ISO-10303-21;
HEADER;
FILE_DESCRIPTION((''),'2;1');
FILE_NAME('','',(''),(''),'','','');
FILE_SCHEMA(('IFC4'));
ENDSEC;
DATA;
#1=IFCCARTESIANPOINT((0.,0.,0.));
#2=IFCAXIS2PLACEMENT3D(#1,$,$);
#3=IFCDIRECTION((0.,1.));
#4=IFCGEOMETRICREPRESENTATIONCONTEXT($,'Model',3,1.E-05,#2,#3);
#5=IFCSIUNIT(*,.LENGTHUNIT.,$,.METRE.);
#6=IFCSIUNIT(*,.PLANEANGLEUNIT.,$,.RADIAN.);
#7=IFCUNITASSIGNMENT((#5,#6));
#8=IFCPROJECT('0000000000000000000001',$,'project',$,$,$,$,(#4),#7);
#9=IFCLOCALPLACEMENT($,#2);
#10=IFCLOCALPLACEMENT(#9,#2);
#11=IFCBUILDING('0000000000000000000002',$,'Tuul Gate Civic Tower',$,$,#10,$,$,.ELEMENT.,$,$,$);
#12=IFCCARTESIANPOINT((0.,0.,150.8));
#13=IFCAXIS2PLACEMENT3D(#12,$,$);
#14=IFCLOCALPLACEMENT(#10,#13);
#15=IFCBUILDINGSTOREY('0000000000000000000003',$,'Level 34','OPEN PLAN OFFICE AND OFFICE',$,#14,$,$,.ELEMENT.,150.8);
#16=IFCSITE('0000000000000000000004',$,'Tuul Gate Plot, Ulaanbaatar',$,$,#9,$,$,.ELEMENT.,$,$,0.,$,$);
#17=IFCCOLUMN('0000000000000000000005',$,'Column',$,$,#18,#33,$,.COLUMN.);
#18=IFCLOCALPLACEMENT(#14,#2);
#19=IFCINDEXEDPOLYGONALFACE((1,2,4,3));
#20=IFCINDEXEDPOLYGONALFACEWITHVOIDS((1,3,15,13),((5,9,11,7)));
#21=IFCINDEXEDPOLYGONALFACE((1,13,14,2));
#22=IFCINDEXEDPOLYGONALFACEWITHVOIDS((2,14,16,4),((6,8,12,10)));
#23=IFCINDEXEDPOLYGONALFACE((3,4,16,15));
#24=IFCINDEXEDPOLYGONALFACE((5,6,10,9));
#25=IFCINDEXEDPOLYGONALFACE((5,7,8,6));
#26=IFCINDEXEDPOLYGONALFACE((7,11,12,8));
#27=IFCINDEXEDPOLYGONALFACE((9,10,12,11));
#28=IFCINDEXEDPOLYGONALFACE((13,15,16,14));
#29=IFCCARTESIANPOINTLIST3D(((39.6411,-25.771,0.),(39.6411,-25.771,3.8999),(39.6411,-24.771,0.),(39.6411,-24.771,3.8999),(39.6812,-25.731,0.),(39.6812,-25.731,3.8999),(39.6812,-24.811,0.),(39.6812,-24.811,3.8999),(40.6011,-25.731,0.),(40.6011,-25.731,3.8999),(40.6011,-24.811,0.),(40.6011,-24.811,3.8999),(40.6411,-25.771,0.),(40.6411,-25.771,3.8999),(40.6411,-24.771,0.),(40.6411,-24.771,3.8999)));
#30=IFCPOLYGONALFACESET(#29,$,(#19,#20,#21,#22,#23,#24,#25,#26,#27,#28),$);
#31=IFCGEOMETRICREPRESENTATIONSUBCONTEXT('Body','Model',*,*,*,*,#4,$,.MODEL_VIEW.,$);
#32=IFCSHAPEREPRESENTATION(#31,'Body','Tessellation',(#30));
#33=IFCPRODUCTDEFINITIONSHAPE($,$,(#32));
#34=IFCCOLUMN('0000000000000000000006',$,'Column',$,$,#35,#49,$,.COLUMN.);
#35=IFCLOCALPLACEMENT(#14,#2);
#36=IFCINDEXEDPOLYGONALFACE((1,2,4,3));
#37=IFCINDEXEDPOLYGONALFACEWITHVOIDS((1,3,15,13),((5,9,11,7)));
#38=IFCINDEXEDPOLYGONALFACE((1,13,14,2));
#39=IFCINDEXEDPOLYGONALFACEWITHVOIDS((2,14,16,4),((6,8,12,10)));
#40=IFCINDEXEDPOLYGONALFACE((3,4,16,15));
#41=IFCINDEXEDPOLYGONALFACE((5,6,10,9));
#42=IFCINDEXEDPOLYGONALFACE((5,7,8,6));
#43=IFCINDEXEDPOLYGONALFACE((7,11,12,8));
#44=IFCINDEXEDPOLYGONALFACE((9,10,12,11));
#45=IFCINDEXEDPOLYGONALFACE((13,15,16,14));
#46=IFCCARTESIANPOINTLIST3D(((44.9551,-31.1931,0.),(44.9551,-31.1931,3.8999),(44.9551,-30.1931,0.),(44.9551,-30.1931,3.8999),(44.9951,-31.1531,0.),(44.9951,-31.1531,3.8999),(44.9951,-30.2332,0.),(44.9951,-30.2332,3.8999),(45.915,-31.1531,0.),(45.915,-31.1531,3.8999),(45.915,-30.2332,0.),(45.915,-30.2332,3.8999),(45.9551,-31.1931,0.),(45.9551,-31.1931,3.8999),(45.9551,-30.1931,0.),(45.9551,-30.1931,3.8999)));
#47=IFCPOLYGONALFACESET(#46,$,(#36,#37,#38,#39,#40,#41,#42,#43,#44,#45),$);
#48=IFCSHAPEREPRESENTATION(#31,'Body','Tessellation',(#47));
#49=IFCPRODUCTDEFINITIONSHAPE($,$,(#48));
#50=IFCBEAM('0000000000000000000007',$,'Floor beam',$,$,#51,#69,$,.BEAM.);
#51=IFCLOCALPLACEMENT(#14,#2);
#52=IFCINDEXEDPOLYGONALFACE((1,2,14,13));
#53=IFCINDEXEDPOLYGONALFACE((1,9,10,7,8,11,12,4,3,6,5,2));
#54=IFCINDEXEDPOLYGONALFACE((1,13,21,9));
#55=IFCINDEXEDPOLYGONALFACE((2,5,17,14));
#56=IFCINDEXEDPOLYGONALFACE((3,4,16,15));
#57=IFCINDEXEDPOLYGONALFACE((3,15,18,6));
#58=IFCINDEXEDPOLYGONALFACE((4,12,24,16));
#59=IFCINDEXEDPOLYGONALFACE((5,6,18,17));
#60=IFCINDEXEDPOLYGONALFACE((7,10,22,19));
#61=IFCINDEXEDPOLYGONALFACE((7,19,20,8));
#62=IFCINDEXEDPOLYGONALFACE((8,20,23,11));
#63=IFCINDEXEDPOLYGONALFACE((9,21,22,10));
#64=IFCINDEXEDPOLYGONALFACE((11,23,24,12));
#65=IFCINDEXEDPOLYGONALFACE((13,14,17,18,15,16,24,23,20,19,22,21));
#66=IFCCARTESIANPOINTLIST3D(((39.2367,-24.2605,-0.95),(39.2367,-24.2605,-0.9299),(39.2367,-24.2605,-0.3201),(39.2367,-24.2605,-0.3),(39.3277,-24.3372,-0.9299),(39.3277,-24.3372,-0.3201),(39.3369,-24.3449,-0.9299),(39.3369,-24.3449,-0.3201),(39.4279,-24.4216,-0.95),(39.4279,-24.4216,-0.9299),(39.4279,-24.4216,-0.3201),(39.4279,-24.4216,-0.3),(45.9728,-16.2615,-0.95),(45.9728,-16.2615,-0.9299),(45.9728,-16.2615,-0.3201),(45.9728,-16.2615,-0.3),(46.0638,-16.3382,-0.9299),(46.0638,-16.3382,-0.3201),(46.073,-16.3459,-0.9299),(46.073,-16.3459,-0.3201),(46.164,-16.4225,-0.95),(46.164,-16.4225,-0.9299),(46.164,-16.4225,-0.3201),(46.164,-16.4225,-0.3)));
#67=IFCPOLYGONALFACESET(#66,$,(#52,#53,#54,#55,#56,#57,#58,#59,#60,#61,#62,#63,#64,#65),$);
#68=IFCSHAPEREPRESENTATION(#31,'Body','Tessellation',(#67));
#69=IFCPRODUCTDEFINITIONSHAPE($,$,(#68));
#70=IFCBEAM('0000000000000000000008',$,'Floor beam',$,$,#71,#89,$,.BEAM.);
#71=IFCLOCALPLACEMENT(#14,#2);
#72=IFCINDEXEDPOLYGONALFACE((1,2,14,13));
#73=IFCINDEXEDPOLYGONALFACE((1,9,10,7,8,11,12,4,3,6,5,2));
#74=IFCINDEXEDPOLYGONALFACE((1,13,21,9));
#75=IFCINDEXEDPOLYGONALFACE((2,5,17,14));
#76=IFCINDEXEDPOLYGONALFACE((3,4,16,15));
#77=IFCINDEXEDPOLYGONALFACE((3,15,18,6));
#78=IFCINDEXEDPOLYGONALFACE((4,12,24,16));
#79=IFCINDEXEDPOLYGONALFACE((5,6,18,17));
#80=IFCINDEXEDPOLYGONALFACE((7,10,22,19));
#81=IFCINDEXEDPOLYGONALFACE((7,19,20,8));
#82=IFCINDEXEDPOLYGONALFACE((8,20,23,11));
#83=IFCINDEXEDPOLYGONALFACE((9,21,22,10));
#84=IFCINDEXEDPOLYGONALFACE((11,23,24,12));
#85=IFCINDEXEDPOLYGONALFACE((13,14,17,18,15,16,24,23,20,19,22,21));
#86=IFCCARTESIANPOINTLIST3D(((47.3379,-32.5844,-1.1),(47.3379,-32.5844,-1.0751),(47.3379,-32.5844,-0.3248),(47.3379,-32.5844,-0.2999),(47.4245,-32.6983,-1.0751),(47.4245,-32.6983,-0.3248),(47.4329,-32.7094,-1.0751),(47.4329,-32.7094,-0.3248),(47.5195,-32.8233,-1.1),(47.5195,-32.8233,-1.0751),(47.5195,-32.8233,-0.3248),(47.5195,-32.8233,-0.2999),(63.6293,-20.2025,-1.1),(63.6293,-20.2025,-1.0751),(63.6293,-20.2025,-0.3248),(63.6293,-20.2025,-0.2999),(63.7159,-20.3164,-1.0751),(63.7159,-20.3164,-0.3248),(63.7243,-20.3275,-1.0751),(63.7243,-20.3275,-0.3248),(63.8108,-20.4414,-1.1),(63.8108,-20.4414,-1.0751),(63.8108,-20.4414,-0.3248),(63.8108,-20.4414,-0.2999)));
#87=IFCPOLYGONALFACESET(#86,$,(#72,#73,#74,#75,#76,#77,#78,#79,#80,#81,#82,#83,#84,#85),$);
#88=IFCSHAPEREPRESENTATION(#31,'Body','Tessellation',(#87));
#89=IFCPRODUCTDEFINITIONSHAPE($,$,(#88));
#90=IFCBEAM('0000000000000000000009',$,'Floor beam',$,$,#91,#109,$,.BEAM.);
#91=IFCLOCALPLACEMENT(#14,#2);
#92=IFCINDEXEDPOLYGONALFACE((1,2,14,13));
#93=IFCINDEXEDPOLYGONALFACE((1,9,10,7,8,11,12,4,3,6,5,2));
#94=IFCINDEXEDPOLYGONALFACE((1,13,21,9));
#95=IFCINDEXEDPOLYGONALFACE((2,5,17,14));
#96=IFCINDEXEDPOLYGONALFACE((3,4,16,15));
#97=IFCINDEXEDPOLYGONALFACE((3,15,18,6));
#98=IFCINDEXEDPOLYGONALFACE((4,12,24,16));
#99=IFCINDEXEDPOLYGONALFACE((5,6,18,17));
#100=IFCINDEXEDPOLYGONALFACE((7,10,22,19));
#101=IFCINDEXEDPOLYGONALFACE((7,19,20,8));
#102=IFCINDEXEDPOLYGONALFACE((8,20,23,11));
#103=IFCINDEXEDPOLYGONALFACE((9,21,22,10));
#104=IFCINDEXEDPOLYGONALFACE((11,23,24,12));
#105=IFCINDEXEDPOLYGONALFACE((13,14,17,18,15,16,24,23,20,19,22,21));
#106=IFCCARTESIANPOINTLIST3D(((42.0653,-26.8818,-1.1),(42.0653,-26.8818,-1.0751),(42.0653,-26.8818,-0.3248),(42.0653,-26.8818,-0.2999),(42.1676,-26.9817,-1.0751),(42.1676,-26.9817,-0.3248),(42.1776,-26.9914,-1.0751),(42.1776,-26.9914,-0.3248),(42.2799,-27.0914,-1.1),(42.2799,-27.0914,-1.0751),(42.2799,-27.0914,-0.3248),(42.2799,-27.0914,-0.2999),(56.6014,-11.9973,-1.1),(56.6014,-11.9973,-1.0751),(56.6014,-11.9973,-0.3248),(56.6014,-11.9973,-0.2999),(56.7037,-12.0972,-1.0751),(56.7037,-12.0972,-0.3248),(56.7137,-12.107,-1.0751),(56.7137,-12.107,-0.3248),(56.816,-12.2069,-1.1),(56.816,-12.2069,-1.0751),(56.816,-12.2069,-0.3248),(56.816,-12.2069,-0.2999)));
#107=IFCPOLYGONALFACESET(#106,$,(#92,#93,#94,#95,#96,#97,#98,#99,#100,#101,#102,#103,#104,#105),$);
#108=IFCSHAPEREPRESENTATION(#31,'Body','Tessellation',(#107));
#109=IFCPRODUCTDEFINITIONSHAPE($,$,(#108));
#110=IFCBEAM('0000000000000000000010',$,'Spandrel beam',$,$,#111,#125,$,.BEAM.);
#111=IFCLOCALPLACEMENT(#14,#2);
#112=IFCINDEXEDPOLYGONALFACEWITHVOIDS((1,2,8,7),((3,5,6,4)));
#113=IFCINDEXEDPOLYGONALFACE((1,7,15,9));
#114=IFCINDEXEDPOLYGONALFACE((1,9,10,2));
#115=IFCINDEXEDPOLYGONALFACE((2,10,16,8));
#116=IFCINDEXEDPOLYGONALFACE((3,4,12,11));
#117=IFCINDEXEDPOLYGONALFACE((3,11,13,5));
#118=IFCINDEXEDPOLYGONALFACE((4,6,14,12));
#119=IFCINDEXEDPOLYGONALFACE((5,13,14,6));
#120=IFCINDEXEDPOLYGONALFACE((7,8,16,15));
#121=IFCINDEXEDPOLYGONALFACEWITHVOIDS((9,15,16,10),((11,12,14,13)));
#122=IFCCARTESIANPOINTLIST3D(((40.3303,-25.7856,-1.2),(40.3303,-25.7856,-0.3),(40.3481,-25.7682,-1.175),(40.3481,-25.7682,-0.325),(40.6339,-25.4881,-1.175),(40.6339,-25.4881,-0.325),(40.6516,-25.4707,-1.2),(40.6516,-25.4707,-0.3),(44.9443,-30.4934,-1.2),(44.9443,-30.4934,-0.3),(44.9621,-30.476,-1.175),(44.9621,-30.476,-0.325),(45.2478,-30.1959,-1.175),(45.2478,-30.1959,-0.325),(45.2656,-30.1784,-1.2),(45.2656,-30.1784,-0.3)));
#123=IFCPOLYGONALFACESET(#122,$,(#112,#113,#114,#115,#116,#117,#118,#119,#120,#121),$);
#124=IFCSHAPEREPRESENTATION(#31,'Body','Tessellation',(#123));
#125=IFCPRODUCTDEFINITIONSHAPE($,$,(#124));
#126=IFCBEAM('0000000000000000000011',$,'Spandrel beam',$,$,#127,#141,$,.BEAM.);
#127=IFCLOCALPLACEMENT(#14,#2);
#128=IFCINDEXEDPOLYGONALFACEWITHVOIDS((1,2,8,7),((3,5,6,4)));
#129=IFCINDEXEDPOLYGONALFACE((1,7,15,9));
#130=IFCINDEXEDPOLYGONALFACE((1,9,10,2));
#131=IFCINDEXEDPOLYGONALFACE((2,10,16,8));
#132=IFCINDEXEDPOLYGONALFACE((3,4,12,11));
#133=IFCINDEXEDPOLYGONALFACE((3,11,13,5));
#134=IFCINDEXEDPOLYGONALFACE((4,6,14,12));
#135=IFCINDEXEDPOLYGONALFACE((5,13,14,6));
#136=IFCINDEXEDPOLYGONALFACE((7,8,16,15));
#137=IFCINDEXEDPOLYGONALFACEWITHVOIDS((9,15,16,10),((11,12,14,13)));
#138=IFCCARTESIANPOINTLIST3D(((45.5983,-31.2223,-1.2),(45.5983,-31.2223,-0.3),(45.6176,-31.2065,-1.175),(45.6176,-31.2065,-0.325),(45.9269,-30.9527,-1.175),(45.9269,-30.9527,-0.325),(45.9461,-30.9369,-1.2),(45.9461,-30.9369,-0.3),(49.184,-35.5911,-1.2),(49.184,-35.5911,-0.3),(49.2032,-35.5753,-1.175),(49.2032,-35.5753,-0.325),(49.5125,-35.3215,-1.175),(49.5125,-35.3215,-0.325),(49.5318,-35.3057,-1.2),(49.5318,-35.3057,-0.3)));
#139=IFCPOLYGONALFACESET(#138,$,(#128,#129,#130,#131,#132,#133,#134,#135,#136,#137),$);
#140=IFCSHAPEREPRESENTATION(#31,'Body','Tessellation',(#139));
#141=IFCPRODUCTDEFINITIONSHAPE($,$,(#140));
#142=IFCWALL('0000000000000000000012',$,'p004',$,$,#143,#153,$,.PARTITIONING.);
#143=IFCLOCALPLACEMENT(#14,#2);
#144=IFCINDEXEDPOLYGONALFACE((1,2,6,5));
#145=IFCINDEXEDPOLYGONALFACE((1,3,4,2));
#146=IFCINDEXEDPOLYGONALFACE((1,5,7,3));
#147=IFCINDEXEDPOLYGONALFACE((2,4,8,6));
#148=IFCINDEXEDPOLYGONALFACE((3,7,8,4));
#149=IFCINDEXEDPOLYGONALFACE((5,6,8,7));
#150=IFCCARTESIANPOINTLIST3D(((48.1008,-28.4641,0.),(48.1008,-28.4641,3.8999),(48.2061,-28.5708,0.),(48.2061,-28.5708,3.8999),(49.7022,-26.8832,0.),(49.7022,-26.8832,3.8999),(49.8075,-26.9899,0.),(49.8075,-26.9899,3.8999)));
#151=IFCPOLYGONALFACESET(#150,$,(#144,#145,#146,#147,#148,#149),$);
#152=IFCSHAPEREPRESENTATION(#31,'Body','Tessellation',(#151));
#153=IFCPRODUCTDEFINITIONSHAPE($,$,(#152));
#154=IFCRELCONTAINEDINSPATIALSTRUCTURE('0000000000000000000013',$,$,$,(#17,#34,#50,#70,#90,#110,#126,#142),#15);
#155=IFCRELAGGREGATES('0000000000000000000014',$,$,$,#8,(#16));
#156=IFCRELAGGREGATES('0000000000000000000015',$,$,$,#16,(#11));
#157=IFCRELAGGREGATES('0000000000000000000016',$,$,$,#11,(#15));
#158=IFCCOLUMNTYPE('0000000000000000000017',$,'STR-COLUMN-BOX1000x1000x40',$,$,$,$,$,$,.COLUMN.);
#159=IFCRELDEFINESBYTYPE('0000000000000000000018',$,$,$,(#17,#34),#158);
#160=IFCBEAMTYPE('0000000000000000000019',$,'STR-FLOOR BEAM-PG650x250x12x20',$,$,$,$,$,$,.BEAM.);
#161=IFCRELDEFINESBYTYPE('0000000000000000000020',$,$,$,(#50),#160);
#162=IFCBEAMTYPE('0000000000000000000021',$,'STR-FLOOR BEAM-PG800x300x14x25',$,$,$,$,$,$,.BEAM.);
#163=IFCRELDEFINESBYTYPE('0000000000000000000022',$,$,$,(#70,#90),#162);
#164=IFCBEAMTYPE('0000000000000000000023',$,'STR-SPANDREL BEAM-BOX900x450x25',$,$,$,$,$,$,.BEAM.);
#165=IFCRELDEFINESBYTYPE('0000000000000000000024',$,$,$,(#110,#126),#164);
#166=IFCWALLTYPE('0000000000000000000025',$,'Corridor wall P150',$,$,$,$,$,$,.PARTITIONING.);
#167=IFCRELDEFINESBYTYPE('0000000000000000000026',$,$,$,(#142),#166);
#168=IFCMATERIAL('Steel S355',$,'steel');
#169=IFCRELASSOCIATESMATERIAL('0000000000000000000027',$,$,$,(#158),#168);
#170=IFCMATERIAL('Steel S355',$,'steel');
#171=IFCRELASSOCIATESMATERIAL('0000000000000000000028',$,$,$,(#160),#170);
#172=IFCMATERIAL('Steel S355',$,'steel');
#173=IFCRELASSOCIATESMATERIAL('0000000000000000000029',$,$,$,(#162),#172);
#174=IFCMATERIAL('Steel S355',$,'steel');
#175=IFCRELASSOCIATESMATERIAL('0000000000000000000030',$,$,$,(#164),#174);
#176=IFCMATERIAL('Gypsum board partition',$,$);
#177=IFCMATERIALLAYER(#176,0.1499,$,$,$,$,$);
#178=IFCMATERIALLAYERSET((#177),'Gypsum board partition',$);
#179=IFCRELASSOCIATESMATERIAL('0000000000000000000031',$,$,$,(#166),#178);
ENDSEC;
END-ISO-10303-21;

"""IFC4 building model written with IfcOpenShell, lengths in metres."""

from ifc_helpers import new_model, si_unit, direction, frame, frame_2d, origin, origin_2d, place, context, subcontext, project, spatial, rectangle, hollow_rectangle, i_section, extrude, material, layer, layer_set, material_profile, profile_set, type_object, element, save


model = new_model("IFC4")

# Units and contexts
model_context = context("Model", 3, precision=1e-05, world=origin(), true_north=direction((0.0, 1.0)))
body_context = subcontext(model_context, "Body", "Model", "MODEL_VIEW")
ifc_project = project(units=[si_unit("LENGTHUNIT", "METRE"), si_unit("PLANEANGLEUNIT", "RADIAN")], contexts=[model_context])

# Site, building, storey
site_placement = place(None, origin())
site = spatial("IfcSite", under=ifc_project, at=site_placement, Name="Tuul Gate Plot, Ulaanbaatar", CompositionType="ELEMENT", RefElevation=0.0)
building_placement = place(site_placement, origin())
building = spatial("IfcBuilding", under=site, at=building_placement, Name="Tuul Gate Civic Tower", CompositionType="ELEMENT")
storey_placement = place(building_placement, frame((0.0, 0.0, 150.8)))
storey = spatial("IfcBuildingStorey", under=building, at=storey_placement, Name="Level 34", Description="OPEN PLAN OFFICE AND OFFICE", CompositionType="ELEMENT", Elevation=150.8)

# Columns
ifc_material_1 = material(Name="Steel S355", Category="steel")
ifc_material_profile_1 = material_profile(ifc_material_1, hollow_rectangle(XDim=1.0, YDim=1.0, WallThickness=0.04, at=origin_2d()), Name="BOX1000x1000x40")
ifc_profile_set_1 = profile_set([ifc_material_profile_1], Name="Steel S355")
column_type = type_object("IfcColumnType", Name="STR-COLUMN-BOX1000x1000x40", PredefinedType="COLUMN", material=ifc_profile_set_1)
for number, where, z_axis, x_axis, name in (
    (1, (40.1411, -25.271, 0.0), (0.0, 0.0, 1.0), (1.0, 0.0, 0.0), "Column"),
    (2, (45.4551, -30.6931, 0.0), (0.0, 0.0, 1.0), (1.0, 0.0, 0.0), "Column"),
):
    element("IfcColumn", number, at=place(storey_placement, frame(where, z_axis=z_axis, x_axis=x_axis)), inside=storey, type_object=column_type, Name=name, PredefinedType="COLUMN", context=body_context, shape_type="SweptSolid", body=[
        extrude(hollow_rectangle(XDim=1.0, YDim=1.0, WallThickness=0.04, at=origin_2d()), origin(), (0.0, 0.0, 1.0), 3.8999),
    ])

# Beams
ifc_material_2 = material(Name="Steel S355", Category="steel")
ifc_material_profile_2 = material_profile(ifc_material_2, i_section(OverallWidth=0.25, OverallDepth=0.6499, WebThickness=0.012, FlangeThickness=0.02, at=origin_2d()), Name="PG650x250x12x20")
ifc_profile_set_2 = profile_set([ifc_material_profile_2], Name="Steel S355")
beam_type_1 = type_object("IfcBeamType", Name="STR-FLOOR BEAM-PG650x250x12x20", PredefinedType="BEAM", material=ifc_profile_set_2)
beam_1_placement = place(storey_placement, frame((39.3323, -24.3411, -0.625), z_axis=(0.644139, 0.764908, 0.0), x_axis=(-0.764908, 0.644139, 0.0)))
element("IfcBeam", 3, at=beam_1_placement, inside=storey, type_object=beam_type_1, Name="Floor beam", PredefinedType="BEAM", context=body_context, shape_type="SweptSolid", body=[
    extrude(i_section(OverallWidth=0.25, OverallDepth=0.6499, WebThickness=0.012, FlangeThickness=0.02, at=origin_2d()), origin(), (0.0, 0.0, 1.0), 10.4575),
])
ifc_material_3 = material(Name="Steel S355", Category="steel")
ifc_material_profile_3 = material_profile(ifc_material_3, i_section(OverallWidth=0.3, OverallDepth=0.8, WebThickness=0.0139, FlangeThickness=0.0249, at=origin_2d()), Name="PG800x300x14x25")
ifc_profile_set_3 = profile_set([ifc_material_profile_3], Name="Steel S355")
beam_type_2 = type_object("IfcBeamType", Name="STR-FLOOR BEAM-PG800x300x14x25", PredefinedType="BEAM", material=ifc_profile_set_3)
beam_2_placement = place(storey_placement, frame((47.4287, -32.7039, -0.7), z_axis=(0.796151, 0.605098, 0.0), x_axis=(-0.605098, 0.796151, 0.0)))
element("IfcBeam", 4, at=beam_2_placement, inside=storey, type_object=beam_type_2, Name="Floor beam", PredefinedType="BEAM", context=body_context, shape_type="SweptSolid", body=[
    extrude(i_section(OverallWidth=0.3, OverallDepth=0.8, WebThickness=0.0139, FlangeThickness=0.0249, at=origin_2d()), origin(), (0.0, 0.0, 1.0), 20.4626),
])
beam_3_placement = place(storey_placement, frame((42.1726, -26.9866, -0.7), z_axis=(0.698684, 0.71543, 0.0), x_axis=(-0.71543, 0.698684, 0.0)))
element("IfcBeam", 5, at=beam_3_placement, inside=storey, type_object=beam_type_2, Name="Floor beam", PredefinedType="BEAM", context=body_context, shape_type="SweptSolid", body=[
    extrude(i_section(OverallWidth=0.3, OverallDepth=0.8, WebThickness=0.0139, FlangeThickness=0.0249, at=origin_2d()), origin(), (0.0, 0.0, 1.0), 20.8049),
])
ifc_material_4 = material(Name="Steel S355", Category="steel")
ifc_material_profile_4 = material_profile(ifc_material_4, hollow_rectangle(XDim=0.45, YDim=0.8999, WallThickness=0.0249, at=origin_2d()), Name="BOX900x450x25")
ifc_profile_set_4 = profile_set([ifc_material_profile_4], Name="Steel S355")
beam_type_3 = type_object("IfcBeamType", Name="STR-SPANDREL BEAM-BOX900x450x25", PredefinedType="BEAM", material=ifc_profile_set_4)
beam_4_placement = place(storey_placement, frame((40.491, -25.6282, -0.75), z_axis=(0.69996, -0.714182, 0.0), x_axis=(0.714182, 0.69996, 0.0)))
element("IfcBeam", 6, at=beam_4_placement, inside=storey, type_object=beam_type_3, Name="Spandrel beam", PredefinedType="BEAM", context=body_context, shape_type="SweptSolid", body=[
    extrude(hollow_rectangle(XDim=0.45, YDim=0.8999, WallThickness=0.0249, at=origin_2d()), origin(), (0.0, 0.0, 1.0), 6.5918),
])
beam_5_placement = place(storey_placement, frame((45.7722, -31.0796, -0.75), z_axis=(0.634418, -0.77299, 0.0), x_axis=(0.77299, 0.634418, 0.0)))
element("IfcBeam", 7, at=beam_5_placement, inside=storey, type_object=beam_type_3, Name="Spandrel beam", PredefinedType="BEAM", context=body_context, shape_type="SweptSolid", body=[
    extrude(hollow_rectangle(XDim=0.45, YDim=0.8999, WallThickness=0.0249, at=origin_2d()), origin(), (0.0, 0.0, 1.0), 5.6519),
])

# Wall
ifc_material_5 = material(Name="Gypsum board partition")
ifc_layer_1 = layer(ifc_material_5, 0.1499)
ifc_layer_set_1 = layer_set([ifc_layer_1], Name="Gypsum board partition")
wall_type_1 = type_object("IfcWallType", Name="Corridor wall P150", PredefinedType="PARTITIONING", material=ifc_layer_set_1)
wall_1_placement = place(storey_placement, frame((48.1536, -28.5173, 0.0), z_axis=(0.0, 0.0, 1.0), x_axis=(0.711649, 0.702535, 0.0)))
element("IfcWall", 8, at=wall_1_placement, inside=storey, type_object=wall_type_1, Name="p004", PredefinedType="PARTITIONING", context=body_context, shape_type="SweptSolid", body=[
    extrude(rectangle(XDim=2.2502, YDim=0.1499, at=frame_2d((1.125, 0.0))), origin(), (0.0, 0.0, 1.0), 3.8999),
])

save(model, "model.ifc")
